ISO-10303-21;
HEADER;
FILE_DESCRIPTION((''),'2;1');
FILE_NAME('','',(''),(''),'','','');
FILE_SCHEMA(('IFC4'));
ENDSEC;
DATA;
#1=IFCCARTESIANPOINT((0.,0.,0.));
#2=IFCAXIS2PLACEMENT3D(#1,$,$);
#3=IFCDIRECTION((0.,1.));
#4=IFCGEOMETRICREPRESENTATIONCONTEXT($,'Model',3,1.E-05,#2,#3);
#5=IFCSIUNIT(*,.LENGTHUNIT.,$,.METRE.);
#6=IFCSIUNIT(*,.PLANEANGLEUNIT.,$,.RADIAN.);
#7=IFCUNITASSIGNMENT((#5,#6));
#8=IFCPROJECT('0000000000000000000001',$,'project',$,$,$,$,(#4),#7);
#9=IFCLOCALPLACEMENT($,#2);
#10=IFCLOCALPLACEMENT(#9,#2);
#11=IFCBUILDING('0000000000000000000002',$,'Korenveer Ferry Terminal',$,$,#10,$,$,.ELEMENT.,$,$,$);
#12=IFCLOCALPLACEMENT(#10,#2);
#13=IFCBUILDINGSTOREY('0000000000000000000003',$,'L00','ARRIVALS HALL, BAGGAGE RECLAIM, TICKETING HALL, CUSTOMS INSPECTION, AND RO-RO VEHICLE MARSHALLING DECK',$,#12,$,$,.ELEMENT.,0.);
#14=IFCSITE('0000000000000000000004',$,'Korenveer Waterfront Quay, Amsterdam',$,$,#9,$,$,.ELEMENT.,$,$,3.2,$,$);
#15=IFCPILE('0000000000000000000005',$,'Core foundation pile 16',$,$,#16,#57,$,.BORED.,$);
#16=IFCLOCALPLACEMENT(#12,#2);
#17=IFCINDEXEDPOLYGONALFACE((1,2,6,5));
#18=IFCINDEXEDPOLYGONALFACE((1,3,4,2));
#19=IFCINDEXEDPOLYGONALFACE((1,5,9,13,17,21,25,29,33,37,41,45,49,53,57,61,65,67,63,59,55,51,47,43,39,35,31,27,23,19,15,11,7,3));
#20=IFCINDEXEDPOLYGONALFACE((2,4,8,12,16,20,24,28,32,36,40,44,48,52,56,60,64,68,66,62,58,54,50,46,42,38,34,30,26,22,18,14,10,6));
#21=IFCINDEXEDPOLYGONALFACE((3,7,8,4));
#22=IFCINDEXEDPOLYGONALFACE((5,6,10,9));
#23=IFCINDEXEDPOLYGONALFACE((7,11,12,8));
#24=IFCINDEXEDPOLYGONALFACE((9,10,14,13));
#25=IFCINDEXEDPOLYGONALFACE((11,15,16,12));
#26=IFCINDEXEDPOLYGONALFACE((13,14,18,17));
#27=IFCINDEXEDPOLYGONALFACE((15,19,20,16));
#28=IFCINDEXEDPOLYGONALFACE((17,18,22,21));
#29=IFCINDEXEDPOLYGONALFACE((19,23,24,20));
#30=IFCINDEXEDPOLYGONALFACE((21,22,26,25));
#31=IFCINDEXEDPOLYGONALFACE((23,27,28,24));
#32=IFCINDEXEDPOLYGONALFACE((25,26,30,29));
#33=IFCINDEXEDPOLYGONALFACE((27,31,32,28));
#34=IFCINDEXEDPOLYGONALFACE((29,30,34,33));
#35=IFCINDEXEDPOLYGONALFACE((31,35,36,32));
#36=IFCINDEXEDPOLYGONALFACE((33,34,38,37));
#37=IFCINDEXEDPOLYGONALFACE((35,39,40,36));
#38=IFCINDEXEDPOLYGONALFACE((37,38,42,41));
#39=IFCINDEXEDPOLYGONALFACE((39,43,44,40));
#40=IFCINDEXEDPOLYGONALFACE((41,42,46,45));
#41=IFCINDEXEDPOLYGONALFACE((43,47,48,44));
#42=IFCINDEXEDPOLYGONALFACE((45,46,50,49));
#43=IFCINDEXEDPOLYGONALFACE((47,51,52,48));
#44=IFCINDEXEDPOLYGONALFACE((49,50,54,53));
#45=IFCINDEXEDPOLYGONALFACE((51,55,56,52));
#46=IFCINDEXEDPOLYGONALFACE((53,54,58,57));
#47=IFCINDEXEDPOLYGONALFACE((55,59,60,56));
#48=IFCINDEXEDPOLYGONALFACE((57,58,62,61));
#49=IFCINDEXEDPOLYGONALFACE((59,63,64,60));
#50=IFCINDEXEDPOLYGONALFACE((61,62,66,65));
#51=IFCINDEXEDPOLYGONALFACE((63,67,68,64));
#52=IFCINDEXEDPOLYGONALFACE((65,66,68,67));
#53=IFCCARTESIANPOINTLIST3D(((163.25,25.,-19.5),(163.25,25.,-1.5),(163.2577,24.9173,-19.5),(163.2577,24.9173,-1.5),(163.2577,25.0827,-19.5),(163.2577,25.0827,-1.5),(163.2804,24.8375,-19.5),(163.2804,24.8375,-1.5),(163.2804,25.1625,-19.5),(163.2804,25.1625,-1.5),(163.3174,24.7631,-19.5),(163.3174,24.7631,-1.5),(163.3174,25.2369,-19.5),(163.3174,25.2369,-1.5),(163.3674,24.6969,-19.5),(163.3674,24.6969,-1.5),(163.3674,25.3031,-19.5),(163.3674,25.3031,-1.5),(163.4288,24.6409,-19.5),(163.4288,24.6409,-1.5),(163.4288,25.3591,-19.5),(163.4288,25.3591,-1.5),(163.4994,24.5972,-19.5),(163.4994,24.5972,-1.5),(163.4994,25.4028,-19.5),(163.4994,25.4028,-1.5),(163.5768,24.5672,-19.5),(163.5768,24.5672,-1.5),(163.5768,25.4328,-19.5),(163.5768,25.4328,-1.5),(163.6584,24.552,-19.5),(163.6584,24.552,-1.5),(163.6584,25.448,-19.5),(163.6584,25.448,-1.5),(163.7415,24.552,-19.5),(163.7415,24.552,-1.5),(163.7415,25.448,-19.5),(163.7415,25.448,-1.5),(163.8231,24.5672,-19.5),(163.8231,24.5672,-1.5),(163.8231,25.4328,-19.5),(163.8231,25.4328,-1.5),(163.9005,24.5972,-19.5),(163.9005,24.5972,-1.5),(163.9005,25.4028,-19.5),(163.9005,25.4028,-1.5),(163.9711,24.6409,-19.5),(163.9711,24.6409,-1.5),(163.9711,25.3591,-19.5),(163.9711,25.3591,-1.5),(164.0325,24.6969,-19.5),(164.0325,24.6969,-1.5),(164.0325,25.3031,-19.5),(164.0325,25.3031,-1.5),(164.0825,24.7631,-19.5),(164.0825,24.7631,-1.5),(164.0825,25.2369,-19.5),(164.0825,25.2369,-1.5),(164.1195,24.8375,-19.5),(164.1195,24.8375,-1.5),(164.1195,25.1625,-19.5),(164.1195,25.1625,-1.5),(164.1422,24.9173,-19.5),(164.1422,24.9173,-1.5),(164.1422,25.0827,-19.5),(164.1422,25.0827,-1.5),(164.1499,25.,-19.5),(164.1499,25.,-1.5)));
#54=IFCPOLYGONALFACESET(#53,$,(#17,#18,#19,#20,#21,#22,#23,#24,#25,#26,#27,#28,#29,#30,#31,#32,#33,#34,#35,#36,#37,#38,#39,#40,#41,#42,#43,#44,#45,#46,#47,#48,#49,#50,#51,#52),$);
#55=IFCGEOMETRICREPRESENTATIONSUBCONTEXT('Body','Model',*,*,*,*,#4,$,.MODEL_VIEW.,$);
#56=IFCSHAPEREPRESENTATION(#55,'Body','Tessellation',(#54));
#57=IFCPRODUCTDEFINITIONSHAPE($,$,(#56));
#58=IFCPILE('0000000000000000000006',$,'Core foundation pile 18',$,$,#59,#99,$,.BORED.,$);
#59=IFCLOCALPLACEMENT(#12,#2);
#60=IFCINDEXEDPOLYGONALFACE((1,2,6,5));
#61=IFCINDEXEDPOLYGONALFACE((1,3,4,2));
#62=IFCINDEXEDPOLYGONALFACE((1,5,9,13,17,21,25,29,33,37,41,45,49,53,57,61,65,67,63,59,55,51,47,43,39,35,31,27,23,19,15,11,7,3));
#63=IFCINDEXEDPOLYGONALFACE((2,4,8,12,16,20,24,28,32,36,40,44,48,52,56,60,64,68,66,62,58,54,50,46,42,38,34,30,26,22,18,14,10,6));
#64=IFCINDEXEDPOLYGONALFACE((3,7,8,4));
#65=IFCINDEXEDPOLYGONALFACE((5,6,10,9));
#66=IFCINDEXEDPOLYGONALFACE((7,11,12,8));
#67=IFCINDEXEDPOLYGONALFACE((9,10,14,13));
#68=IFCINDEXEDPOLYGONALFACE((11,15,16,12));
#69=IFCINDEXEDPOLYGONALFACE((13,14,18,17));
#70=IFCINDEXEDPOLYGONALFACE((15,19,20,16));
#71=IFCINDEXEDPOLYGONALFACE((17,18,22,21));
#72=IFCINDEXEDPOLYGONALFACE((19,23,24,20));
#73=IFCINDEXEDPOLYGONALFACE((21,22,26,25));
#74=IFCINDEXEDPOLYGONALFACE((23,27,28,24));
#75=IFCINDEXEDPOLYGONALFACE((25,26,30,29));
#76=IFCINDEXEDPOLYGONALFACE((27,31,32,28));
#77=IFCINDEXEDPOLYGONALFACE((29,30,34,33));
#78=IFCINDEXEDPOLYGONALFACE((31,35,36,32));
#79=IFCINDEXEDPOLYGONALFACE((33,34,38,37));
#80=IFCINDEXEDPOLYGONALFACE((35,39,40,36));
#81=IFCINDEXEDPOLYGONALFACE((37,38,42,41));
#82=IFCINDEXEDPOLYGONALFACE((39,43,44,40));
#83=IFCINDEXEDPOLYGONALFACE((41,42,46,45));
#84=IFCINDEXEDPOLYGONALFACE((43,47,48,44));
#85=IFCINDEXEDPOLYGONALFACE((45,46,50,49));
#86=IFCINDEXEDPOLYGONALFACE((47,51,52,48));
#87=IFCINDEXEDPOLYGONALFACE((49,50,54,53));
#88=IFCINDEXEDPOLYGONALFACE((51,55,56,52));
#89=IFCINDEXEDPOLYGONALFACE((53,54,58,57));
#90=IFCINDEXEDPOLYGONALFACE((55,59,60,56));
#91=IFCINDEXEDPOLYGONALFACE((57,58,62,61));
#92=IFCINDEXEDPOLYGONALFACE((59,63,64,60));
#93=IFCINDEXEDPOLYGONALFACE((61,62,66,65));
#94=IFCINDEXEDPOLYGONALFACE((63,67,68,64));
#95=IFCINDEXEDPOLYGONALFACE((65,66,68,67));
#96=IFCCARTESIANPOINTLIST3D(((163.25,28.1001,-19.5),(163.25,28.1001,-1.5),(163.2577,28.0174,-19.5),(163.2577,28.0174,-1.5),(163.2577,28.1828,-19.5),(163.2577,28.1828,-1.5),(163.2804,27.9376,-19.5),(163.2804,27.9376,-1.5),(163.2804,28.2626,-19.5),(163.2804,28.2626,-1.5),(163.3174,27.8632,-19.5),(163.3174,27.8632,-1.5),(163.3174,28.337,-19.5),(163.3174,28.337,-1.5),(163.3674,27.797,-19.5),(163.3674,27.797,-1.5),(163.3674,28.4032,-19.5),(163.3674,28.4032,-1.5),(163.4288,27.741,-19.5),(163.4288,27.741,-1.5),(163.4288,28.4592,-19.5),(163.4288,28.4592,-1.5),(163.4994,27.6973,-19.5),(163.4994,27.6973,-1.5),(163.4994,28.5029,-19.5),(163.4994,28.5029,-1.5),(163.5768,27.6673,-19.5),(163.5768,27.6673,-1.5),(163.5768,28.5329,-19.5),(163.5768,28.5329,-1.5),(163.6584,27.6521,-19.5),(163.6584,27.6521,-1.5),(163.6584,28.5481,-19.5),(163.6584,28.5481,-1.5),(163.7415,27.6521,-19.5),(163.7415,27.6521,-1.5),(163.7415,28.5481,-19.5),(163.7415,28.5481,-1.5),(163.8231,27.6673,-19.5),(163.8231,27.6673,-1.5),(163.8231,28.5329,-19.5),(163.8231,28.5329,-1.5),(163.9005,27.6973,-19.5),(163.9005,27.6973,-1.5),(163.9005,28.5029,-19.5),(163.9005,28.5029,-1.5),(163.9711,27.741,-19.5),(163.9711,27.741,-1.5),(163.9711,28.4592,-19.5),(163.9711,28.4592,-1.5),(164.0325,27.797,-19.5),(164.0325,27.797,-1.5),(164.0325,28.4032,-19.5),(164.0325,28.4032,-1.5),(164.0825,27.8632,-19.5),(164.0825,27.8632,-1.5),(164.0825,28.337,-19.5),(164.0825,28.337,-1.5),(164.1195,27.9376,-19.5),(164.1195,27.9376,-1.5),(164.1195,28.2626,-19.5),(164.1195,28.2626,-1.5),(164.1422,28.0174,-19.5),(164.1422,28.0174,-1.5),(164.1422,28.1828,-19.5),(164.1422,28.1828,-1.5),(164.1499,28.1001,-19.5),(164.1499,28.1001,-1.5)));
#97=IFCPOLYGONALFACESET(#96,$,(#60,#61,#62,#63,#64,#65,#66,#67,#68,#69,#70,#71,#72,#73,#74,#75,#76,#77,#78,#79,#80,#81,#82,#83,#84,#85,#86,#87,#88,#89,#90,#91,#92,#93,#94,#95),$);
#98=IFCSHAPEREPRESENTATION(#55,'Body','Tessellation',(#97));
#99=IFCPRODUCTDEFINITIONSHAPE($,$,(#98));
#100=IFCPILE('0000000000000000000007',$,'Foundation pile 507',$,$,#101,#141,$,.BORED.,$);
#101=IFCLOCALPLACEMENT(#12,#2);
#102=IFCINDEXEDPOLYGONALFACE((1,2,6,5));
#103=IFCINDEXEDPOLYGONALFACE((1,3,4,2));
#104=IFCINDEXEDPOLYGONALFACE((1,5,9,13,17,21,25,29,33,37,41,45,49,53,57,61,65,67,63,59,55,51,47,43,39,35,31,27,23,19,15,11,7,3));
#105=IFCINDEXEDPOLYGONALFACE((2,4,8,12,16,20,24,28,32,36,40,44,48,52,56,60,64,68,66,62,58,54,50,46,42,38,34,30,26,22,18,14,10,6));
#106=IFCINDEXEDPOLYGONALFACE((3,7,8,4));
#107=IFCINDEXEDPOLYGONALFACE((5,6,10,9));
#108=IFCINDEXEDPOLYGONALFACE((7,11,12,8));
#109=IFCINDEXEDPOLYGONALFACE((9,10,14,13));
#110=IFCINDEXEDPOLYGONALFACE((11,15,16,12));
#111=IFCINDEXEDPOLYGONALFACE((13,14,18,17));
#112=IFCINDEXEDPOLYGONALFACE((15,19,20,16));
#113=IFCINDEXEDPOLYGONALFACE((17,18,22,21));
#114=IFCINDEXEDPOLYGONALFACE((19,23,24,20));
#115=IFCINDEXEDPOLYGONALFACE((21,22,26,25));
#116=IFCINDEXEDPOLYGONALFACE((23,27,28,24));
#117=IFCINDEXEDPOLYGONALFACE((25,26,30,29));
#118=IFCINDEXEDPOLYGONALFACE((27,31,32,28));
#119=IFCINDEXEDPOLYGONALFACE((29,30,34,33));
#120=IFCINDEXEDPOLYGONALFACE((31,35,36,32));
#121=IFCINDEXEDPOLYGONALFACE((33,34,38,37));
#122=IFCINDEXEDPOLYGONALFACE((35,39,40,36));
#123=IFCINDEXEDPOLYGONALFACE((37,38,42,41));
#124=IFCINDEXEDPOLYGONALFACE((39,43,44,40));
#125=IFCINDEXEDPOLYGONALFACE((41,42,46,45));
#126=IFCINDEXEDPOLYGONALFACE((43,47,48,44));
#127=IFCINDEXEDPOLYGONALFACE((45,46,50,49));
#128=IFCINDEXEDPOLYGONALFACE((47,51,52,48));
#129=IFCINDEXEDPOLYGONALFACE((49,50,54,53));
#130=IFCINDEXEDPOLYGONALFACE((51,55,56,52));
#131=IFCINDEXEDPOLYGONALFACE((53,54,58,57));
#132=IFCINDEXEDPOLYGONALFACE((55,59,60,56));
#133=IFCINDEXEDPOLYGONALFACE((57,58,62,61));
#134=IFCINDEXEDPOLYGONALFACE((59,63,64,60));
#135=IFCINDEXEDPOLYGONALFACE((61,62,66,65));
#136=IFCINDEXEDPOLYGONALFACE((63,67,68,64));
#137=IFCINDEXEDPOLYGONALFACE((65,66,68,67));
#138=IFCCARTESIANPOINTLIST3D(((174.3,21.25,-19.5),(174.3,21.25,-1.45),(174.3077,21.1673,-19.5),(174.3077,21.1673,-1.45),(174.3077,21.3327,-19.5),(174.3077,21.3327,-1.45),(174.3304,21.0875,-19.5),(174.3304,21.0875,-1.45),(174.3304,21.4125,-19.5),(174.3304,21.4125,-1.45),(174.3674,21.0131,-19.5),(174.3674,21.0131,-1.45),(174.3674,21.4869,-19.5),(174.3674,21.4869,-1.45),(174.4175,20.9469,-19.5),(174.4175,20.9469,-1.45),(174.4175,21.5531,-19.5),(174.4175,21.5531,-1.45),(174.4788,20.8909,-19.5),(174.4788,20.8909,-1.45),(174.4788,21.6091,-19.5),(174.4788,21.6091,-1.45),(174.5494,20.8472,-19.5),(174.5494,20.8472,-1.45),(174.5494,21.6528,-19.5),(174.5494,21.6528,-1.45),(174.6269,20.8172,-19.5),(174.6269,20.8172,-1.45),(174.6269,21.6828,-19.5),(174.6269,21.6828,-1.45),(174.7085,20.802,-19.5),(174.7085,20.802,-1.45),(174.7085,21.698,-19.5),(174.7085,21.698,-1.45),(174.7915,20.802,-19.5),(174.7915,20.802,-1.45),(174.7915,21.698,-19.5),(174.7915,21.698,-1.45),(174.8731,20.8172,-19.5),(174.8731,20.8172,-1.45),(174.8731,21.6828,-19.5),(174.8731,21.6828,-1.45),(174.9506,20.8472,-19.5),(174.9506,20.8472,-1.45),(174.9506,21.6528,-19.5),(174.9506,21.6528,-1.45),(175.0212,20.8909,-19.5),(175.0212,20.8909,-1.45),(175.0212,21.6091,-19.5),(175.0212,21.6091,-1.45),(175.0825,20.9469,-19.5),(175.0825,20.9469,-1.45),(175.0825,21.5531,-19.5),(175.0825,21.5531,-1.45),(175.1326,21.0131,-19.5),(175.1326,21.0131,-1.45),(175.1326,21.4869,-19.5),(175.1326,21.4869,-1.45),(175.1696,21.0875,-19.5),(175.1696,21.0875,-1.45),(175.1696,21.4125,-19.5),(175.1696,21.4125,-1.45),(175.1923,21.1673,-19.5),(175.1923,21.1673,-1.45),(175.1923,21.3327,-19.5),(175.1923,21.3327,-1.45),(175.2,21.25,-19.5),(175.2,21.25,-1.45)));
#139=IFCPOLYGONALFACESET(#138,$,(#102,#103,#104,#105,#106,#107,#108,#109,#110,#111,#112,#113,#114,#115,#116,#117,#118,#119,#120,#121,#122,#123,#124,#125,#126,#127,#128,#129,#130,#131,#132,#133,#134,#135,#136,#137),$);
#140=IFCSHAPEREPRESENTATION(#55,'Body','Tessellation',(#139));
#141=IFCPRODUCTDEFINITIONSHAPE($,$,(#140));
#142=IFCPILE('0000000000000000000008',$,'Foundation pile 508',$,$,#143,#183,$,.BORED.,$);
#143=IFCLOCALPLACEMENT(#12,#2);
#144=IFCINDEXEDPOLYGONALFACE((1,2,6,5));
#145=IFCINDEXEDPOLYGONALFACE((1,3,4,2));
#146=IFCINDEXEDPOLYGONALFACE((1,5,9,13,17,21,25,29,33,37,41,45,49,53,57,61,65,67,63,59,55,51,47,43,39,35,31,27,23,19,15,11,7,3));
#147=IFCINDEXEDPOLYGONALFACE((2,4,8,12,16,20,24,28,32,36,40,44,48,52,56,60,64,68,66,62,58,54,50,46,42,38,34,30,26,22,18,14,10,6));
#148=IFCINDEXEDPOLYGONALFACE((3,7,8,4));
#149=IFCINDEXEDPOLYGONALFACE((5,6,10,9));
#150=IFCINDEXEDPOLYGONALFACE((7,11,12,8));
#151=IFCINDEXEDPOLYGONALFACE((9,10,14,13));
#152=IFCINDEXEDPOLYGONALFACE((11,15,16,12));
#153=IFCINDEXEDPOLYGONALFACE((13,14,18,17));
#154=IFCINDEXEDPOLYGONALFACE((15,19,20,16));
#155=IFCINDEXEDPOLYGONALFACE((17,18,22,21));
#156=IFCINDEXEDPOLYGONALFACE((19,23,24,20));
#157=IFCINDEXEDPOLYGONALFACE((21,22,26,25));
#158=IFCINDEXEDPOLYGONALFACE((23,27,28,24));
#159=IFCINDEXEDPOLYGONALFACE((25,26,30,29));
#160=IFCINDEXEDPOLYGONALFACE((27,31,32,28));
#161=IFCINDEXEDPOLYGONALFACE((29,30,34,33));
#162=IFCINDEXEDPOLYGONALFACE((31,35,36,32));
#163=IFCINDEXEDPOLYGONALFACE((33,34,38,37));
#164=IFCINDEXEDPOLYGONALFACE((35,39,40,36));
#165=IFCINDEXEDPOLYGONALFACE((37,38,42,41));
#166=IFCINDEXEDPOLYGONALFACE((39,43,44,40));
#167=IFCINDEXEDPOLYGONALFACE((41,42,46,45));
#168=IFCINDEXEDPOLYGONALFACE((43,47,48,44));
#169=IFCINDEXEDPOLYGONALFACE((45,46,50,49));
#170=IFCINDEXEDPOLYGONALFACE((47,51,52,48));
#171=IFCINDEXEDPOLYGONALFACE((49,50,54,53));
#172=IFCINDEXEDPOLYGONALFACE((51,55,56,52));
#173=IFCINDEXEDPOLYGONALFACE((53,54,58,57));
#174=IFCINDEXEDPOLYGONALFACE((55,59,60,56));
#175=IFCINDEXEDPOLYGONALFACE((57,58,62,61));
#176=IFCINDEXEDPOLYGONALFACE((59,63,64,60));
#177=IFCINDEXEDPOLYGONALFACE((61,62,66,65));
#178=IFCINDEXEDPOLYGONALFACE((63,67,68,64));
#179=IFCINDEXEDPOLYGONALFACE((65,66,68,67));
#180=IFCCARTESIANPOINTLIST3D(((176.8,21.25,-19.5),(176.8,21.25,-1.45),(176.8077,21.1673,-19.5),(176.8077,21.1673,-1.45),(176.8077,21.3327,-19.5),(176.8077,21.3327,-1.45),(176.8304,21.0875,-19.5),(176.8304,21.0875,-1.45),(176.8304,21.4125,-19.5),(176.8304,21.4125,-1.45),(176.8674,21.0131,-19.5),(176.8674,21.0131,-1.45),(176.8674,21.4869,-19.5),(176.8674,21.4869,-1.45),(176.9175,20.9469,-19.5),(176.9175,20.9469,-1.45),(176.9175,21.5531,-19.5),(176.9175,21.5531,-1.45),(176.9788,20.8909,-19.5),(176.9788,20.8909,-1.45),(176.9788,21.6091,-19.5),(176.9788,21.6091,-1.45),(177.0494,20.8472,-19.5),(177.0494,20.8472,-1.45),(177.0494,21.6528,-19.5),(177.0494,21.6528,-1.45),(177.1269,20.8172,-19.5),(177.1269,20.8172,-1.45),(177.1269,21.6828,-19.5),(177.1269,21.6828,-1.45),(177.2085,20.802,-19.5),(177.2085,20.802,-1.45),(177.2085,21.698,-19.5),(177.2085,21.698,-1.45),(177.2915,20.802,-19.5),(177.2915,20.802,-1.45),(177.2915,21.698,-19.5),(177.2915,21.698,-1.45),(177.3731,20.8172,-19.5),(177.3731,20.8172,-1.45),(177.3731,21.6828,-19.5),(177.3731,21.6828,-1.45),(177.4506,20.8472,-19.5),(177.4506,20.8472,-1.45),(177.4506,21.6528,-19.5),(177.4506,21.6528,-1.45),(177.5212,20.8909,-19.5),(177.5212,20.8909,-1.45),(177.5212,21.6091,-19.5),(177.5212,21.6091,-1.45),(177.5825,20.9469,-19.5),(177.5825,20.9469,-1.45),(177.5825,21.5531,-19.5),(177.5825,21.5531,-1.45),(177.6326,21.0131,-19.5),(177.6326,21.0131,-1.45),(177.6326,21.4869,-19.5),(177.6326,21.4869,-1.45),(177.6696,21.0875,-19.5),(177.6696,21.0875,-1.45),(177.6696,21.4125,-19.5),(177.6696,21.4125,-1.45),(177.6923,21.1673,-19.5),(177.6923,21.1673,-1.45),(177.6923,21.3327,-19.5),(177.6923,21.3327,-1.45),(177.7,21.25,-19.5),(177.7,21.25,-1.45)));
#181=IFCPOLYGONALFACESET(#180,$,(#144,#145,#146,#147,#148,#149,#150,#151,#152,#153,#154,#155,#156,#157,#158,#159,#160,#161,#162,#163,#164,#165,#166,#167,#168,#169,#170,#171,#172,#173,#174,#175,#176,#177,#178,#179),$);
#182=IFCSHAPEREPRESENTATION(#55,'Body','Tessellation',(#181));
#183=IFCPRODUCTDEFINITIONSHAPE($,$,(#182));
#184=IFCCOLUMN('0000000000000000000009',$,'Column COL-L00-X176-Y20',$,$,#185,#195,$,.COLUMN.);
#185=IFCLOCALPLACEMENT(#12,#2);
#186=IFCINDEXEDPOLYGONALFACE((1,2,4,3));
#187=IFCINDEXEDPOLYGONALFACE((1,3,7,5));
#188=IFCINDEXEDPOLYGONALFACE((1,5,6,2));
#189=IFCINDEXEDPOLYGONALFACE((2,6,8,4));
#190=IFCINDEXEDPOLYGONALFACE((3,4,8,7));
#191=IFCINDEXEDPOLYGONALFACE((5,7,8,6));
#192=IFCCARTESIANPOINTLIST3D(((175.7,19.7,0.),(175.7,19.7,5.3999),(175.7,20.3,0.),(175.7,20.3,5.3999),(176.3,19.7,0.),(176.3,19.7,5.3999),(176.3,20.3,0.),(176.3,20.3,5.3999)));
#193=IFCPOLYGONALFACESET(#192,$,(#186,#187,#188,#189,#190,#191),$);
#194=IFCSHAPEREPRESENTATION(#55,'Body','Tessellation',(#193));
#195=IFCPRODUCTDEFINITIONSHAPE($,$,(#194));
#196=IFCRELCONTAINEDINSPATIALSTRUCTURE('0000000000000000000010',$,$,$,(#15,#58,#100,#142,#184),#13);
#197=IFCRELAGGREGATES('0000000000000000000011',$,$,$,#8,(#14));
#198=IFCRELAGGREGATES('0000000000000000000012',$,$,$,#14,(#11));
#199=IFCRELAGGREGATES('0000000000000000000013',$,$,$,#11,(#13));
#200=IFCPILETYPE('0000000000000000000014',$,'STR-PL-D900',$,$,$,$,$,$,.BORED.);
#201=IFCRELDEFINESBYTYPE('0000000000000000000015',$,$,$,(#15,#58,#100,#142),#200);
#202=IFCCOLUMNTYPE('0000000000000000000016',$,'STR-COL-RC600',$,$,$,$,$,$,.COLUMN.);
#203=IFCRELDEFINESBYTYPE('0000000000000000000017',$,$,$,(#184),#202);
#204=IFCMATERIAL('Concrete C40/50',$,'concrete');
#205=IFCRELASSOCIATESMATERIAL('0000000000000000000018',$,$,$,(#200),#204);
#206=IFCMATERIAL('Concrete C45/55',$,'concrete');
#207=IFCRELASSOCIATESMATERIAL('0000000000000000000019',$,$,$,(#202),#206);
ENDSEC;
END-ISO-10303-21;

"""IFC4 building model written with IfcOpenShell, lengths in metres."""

from ifc_helpers import new_model, si_unit, direction, frame, origin, origin_2d, place, context, subcontext, project, spatial, rectangle, circle, extrude, material, material_profile, profile_set, type_object, element, save


model = new_model("IFC4")

# Units and contexts
model_context = context("Model", 3, precision=1e-05, world=origin(), true_north=direction((0.0, 1.0)))
body_context = subcontext(model_context, "Body", "Model", "MODEL_VIEW")
ifc_project = project(units=[si_unit("LENGTHUNIT", "METRE"), si_unit("PLANEANGLEUNIT", "RADIAN")], contexts=[model_context])

# Site, building, storey
site_placement = place(None, origin())
site = spatial("IfcSite", under=ifc_project, at=site_placement, Name="Korenveer Waterfront Quay, Amsterdam", CompositionType="ELEMENT", RefElevation=3.2)
building_placement = place(site_placement, origin())
building = spatial("IfcBuilding", under=site, at=building_placement, Name="Korenveer Ferry Terminal", CompositionType="ELEMENT")
storey_placement = place(building_placement, origin())
storey = spatial("IfcBuildingStorey", under=building, at=storey_placement, Name="L00", Description="ARRIVALS HALL, BAGGAGE RECLAIM, TICKETING HALL, CUSTOMS INSPECTION, AND RO-RO VEHICLE MARSHALLING DECK", CompositionType="ELEMENT", Elevation=0.0)

# Shared definitions
ifc_material_1 = material(Name="Concrete C40/50", Category="concrete")
ifc_material_2 = material(Name="Concrete C45/55", Category="concrete")

# Piles
ifc_material_profile_1 = material_profile(ifc_material_1, circle(Radius=0.45, at=origin_2d()), Name="PILE D900")
ifc_profile_set_1 = profile_set([ifc_material_profile_1], Name="Concrete C40/50")
pile_type_1 = type_object("IfcPileType", Name="STR-PL-D900", PredefinedType="BORED", material=ifc_profile_set_1)
for number, where, z_axis, x_axis, name in (
    (1, (163.7, 25.0, -1.5), (0.0, 0.0, -1.0), (1.0, 0.0, 0.0), "Core foundation pile 16"),
    (2, (163.7, 28.1001, -1.5), (0.0, 0.0, -1.0), (1.0, 0.0, 0.0), "Core foundation pile 18"),
):
    element("IfcPile", number, at=place(storey_placement, frame(where, z_axis=z_axis, x_axis=x_axis)), inside=storey, type_object=pile_type_1, Name=name, PredefinedType="BORED", context=body_context, shape_type="SweptSolid", body=[
        extrude(circle(Radius=0.45, at=origin_2d()), origin(), (0.0, 0.0, 1.0), 18.0),
    ])
for number, where, z_axis, x_axis, name in (
    (3, (174.75, 21.25, -1.45), (0.0, 0.0, -1.0), (1.0, 0.0, 0.0), "Foundation pile 507"),
    (4, (177.25, 21.25, -1.45), (0.0, 0.0, -1.0), (1.0, 0.0, 0.0), "Foundation pile 508"),
):
    element("IfcPile", number, at=place(storey_placement, frame(where, z_axis=z_axis, x_axis=x_axis)), inside=storey, type_object=pile_type_1, Name=name, PredefinedType="BORED", context=body_context, shape_type="SweptSolid", body=[
        extrude(circle(Radius=0.45, at=origin_2d()), origin(), (0.0, 0.0, 1.0), 18.05),
    ])

# Column
ifc_material_profile_2 = material_profile(ifc_material_2, rectangle(XDim=0.6001, YDim=0.6001, at=origin_2d()), Name="RC 600x600")
ifc_profile_set_2 = profile_set([ifc_material_profile_2], Name="Concrete C45/55")
column_type_1 = type_object("IfcColumnType", Name="STR-COL-RC600", PredefinedType="COLUMN", material=ifc_profile_set_2)
column_1_placement = place(storey_placement, frame((176.0, 20.0, 0.0), z_axis=(0.0, 0.0, 1.0), x_axis=(1.0, 0.0, 0.0)))
element("IfcColumn", 5, at=column_1_placement, inside=storey, type_object=column_type_1, Name="Column COL-L00-X176-Y20", PredefinedType="COLUMN", context=body_context, shape_type="SweptSolid", body=[
    extrude(rectangle(XDim=0.6001, YDim=0.6001, at=origin_2d()), origin(), (0.0, 0.0, 1.0), 5.3999),
])

save(model, "model.ifc")
